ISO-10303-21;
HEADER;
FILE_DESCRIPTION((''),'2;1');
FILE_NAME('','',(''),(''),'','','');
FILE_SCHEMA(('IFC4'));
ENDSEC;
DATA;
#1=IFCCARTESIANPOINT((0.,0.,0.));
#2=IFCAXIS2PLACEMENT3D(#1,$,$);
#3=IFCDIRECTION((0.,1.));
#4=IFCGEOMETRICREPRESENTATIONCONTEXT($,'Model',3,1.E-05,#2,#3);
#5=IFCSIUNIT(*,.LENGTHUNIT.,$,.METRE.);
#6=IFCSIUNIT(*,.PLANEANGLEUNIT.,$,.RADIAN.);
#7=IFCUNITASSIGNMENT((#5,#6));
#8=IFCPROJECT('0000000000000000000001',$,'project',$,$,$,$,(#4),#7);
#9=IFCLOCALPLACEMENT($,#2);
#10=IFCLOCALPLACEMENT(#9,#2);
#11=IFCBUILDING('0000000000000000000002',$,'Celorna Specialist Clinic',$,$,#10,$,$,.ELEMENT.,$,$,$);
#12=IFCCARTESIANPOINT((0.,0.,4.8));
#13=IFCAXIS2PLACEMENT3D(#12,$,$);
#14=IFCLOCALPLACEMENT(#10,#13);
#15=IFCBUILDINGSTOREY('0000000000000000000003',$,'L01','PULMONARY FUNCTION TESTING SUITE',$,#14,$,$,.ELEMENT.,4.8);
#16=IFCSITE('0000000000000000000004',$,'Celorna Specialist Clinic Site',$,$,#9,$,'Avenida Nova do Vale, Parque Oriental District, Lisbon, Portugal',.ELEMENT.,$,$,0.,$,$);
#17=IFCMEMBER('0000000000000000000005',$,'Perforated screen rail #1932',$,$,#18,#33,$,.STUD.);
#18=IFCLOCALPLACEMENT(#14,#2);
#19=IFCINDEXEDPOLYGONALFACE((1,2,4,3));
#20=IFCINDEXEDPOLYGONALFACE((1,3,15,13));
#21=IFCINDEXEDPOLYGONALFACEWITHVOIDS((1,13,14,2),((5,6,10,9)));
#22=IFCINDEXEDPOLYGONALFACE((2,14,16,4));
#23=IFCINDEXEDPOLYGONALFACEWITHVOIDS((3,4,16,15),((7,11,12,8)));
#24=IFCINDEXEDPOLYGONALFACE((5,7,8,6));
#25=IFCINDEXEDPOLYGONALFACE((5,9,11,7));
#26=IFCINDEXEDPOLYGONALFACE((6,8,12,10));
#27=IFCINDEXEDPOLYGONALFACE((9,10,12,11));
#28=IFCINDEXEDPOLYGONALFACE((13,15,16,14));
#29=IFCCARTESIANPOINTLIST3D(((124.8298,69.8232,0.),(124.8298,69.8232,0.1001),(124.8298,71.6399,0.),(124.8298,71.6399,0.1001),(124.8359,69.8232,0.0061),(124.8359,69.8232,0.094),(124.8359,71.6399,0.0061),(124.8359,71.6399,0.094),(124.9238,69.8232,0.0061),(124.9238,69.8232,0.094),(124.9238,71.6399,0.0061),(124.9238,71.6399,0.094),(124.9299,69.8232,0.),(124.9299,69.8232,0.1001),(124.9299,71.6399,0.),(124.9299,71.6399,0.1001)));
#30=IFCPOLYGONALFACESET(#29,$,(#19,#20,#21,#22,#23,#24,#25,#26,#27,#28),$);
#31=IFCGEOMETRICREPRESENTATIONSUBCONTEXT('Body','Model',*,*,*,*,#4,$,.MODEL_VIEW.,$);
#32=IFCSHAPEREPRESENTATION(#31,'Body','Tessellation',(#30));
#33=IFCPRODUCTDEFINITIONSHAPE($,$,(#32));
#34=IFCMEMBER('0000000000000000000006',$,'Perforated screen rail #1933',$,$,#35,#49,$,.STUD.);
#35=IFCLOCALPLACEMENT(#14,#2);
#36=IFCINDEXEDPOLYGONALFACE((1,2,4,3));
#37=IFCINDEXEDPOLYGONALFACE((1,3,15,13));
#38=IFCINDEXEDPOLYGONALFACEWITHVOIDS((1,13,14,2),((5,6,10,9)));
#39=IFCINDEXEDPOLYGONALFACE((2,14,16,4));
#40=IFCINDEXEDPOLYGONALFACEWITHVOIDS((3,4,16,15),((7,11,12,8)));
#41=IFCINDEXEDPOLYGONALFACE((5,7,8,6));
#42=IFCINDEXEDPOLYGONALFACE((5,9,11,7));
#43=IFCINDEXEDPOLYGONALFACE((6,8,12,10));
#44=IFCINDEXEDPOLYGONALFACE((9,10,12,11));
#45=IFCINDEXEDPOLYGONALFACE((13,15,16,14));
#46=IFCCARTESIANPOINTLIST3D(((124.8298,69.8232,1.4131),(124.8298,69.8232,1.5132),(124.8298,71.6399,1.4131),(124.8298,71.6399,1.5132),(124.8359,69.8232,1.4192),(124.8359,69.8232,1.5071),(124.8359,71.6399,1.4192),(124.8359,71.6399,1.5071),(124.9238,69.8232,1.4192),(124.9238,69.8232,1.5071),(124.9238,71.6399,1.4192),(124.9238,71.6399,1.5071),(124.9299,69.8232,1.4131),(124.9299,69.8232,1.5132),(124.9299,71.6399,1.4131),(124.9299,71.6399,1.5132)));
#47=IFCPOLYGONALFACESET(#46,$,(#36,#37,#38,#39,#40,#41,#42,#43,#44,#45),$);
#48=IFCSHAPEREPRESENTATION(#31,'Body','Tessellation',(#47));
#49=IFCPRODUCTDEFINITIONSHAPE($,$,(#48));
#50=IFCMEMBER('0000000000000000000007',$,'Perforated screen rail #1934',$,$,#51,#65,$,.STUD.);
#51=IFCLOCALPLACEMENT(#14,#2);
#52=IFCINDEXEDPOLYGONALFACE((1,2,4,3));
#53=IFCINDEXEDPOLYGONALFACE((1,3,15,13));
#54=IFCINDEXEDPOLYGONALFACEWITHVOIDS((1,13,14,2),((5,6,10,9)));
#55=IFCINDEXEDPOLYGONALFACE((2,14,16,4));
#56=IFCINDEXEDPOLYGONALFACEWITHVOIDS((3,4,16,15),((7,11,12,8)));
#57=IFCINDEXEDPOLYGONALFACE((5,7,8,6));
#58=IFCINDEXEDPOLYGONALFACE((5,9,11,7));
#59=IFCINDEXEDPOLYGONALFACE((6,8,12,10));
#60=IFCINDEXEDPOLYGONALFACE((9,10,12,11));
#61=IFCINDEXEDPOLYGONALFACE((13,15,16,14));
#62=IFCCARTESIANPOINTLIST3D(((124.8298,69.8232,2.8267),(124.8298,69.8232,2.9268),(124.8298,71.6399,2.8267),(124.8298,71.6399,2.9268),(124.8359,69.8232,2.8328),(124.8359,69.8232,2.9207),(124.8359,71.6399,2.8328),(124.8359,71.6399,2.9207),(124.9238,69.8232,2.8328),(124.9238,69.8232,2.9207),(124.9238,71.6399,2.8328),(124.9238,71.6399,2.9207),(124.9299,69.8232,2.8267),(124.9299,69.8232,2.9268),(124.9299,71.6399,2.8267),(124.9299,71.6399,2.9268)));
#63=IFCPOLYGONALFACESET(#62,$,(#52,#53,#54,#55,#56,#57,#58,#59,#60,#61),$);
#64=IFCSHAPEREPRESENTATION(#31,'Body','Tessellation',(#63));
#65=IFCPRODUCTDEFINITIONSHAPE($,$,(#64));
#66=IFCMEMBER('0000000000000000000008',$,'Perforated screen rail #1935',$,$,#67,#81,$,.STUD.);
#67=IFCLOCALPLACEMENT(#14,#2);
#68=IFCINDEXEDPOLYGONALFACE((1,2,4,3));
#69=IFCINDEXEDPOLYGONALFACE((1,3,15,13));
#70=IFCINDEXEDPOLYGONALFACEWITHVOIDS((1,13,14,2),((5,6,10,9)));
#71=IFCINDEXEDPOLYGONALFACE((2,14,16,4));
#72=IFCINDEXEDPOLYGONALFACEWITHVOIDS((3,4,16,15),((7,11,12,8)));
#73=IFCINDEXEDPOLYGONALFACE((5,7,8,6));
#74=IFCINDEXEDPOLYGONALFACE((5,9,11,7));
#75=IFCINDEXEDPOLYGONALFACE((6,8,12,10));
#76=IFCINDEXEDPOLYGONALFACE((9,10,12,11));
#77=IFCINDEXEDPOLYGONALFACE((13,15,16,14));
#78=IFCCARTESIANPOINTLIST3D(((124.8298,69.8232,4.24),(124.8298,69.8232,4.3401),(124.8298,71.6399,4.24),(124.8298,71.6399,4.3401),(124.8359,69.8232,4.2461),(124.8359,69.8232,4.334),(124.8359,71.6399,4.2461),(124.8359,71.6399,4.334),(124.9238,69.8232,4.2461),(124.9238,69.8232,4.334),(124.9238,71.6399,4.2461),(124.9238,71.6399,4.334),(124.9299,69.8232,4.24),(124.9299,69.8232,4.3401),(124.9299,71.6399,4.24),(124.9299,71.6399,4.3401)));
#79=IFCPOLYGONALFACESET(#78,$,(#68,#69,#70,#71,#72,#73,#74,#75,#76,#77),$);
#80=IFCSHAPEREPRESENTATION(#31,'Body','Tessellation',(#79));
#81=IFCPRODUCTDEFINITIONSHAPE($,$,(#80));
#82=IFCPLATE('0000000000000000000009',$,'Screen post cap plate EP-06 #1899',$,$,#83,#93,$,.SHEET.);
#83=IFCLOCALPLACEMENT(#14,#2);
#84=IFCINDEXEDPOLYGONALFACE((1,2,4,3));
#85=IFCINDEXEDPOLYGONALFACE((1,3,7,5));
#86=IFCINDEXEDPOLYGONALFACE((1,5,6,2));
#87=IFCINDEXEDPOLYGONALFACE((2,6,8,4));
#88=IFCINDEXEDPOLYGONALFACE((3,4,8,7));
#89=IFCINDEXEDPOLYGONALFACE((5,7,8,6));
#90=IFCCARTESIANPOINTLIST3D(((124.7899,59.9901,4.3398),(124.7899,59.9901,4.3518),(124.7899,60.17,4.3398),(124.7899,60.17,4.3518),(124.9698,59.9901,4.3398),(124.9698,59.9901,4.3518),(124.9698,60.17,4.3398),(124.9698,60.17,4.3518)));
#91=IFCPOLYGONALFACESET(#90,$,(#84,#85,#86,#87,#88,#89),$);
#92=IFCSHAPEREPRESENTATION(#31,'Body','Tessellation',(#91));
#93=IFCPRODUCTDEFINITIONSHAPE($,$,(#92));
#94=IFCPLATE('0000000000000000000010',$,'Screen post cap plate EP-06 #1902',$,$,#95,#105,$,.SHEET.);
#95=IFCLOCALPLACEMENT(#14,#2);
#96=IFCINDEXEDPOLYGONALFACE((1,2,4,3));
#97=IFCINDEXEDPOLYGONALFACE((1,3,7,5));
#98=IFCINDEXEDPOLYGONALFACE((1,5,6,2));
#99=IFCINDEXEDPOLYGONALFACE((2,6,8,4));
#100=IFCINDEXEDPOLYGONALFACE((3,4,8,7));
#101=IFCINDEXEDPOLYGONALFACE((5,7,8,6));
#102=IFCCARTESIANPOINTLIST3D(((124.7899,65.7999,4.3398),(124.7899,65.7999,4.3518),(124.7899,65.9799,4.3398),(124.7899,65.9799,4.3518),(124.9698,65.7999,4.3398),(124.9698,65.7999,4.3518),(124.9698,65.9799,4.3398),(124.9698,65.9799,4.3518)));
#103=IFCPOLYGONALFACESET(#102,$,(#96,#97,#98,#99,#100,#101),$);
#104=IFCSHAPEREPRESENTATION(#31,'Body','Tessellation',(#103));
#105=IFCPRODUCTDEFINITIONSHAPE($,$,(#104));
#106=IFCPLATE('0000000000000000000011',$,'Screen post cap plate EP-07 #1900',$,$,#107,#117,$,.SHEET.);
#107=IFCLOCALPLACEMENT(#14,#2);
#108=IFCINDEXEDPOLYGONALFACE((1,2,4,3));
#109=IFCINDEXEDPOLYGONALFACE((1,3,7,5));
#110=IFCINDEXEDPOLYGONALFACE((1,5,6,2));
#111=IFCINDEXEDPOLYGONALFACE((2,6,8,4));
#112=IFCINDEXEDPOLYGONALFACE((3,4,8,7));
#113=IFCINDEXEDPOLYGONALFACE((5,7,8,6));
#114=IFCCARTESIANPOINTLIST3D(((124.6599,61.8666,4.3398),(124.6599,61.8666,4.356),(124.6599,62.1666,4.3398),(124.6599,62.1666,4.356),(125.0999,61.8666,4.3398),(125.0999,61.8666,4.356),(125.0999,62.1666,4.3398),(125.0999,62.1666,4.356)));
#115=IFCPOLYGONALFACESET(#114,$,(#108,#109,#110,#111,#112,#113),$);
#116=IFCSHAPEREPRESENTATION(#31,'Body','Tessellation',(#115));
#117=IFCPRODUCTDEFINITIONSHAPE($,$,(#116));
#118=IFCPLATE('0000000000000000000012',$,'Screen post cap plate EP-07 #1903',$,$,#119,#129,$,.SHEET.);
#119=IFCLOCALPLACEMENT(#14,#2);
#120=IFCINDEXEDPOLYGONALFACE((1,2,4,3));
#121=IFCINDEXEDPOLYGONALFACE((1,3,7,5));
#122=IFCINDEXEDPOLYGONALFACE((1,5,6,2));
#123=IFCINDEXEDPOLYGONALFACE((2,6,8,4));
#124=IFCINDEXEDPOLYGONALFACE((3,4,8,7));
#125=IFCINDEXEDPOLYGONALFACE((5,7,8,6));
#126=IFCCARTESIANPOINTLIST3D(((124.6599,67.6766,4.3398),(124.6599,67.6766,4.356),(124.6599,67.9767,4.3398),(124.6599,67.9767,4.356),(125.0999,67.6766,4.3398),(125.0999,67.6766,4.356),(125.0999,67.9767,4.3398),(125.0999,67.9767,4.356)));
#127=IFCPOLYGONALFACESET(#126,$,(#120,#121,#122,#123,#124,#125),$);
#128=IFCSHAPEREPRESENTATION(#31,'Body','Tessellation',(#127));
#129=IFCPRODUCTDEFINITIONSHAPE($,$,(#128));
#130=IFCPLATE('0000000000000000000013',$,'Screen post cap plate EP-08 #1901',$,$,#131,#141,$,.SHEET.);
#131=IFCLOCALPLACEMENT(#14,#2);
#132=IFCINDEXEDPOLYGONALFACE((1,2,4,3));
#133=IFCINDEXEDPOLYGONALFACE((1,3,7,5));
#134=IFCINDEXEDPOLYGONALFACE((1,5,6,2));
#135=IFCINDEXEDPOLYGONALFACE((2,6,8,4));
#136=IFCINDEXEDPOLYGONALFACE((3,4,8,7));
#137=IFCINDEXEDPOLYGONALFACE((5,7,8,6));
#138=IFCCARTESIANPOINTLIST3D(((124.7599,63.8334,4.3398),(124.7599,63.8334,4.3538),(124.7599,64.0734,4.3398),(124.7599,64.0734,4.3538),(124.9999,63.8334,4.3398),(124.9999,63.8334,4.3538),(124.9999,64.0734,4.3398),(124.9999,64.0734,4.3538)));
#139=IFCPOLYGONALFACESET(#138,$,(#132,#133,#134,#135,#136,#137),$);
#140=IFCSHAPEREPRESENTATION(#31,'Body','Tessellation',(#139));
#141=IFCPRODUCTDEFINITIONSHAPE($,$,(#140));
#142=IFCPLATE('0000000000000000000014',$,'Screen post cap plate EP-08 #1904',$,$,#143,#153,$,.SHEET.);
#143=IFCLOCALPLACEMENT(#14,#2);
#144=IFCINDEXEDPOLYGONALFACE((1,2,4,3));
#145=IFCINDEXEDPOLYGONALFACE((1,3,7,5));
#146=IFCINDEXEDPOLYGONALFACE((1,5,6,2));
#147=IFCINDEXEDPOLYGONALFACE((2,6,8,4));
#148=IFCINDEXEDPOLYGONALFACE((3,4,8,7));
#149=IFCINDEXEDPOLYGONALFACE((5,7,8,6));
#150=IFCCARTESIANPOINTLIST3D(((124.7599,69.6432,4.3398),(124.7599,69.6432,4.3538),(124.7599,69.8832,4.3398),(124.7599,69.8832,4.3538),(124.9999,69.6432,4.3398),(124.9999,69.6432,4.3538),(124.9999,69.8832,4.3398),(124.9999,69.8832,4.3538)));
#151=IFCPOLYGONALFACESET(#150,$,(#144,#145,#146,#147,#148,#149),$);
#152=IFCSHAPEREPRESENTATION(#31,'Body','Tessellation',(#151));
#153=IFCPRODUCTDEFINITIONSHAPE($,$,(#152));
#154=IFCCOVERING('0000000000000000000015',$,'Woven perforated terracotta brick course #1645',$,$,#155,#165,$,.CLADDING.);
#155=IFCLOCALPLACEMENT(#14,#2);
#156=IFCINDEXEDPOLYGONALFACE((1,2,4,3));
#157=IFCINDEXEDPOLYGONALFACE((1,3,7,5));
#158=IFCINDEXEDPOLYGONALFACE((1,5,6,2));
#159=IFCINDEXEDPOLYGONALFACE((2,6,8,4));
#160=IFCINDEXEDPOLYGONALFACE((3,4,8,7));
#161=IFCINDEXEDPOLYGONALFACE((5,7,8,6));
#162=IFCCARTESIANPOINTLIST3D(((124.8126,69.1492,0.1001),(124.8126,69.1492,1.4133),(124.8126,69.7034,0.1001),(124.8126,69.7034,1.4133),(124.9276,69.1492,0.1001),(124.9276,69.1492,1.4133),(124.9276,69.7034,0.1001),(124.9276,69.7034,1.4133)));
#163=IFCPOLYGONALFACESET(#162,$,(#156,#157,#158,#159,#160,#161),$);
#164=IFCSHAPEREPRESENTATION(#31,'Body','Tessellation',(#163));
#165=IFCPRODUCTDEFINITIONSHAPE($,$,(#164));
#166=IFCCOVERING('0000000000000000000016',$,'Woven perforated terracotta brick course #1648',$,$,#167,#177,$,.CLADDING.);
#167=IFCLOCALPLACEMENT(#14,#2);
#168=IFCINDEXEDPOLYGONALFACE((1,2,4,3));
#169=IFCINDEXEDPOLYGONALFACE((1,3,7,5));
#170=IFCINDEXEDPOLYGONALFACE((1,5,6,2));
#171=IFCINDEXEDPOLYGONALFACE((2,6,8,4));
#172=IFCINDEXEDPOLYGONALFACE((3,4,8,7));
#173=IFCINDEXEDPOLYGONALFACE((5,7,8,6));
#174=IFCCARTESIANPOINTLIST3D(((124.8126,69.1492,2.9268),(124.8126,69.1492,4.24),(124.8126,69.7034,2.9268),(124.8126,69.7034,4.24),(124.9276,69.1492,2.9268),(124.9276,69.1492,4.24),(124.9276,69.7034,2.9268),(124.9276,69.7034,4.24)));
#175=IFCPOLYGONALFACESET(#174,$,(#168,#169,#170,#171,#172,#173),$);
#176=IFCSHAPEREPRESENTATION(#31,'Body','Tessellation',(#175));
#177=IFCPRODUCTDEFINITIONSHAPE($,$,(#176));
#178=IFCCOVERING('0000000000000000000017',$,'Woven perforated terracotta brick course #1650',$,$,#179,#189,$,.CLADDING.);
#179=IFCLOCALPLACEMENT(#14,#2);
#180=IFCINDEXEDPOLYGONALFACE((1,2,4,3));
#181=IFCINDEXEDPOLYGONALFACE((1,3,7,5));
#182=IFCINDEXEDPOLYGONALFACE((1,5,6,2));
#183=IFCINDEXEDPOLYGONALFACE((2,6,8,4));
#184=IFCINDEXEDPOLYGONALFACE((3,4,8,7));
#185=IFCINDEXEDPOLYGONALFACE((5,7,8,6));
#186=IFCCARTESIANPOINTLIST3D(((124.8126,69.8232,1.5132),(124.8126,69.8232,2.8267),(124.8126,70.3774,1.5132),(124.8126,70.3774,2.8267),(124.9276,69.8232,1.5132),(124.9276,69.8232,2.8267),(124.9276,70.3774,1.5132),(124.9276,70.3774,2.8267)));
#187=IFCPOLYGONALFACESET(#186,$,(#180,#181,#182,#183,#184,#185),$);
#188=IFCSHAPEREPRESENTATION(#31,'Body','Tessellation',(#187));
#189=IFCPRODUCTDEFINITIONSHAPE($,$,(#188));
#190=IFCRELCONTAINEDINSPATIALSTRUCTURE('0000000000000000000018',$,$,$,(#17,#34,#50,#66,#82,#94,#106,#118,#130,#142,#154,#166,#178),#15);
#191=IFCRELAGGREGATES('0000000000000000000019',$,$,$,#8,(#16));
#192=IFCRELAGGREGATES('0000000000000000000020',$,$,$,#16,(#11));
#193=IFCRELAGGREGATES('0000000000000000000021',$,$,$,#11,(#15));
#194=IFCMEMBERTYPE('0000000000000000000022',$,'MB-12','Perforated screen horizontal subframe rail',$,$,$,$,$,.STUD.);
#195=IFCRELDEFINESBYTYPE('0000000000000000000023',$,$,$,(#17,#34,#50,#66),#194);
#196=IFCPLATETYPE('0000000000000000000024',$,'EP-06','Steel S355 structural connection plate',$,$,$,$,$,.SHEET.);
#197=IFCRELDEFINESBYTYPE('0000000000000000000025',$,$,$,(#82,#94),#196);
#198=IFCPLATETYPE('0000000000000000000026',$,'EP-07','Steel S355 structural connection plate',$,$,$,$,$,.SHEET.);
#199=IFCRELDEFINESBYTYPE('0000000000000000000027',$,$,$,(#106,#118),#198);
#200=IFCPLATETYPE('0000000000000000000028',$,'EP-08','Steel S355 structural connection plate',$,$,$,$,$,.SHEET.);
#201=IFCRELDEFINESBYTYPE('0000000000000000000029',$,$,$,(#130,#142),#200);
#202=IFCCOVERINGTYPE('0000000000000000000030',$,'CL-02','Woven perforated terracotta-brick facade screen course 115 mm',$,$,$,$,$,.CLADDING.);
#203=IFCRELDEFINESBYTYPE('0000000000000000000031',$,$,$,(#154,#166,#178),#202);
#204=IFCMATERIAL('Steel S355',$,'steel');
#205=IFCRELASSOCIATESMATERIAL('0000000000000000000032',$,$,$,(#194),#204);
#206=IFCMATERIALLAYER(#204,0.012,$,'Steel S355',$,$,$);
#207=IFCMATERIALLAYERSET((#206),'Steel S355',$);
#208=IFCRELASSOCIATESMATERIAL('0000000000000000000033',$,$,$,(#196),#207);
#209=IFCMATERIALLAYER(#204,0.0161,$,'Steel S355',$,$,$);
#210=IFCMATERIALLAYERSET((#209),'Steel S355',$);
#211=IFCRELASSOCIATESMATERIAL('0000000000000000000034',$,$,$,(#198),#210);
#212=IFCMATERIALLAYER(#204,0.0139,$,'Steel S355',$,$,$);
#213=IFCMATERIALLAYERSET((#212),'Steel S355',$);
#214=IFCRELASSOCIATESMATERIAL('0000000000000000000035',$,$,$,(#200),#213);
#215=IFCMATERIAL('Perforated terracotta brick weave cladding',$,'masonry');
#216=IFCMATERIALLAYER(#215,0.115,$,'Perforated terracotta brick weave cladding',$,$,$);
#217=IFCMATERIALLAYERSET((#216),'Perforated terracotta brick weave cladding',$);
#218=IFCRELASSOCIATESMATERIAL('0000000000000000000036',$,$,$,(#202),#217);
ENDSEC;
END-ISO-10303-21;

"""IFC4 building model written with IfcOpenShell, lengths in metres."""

from ifc_helpers import new_model, si_unit, direction, frame, origin, origin_2d, place, context, subcontext, project, spatial, rectangle, hollow_rectangle, extrude, material, layer, layer_set, material_profile, profile_set, type_object, element, save


model = new_model("IFC4")

# Units and contexts
model_context = context("Model", 3, precision=1e-05, world=origin(), true_north=direction((0.0, 1.0)))
body_context = subcontext(model_context, "Body", "Model", "MODEL_VIEW")
ifc_project = project(units=[si_unit("LENGTHUNIT", "METRE"), si_unit("PLANEANGLEUNIT", "RADIAN")], contexts=[model_context])

# Site, building, storey
site_placement = place(None, origin())
site = spatial("IfcSite", under=ifc_project, at=site_placement, Name="Celorna Specialist Clinic Site", LongName="Avenida Nova do Vale, Parque Oriental District, Lisbon, Portugal", CompositionType="ELEMENT", RefElevation=0.0)
building_placement = place(site_placement, origin())
building = spatial("IfcBuilding", under=site, at=building_placement, Name="Celorna Specialist Clinic", CompositionType="ELEMENT")
storey_placement = place(building_placement, frame((0.0, 0.0, 4.8)))
storey = spatial("IfcBuildingStorey", under=building, at=storey_placement, Name="L01", Description="PULMONARY FUNCTION TESTING SUITE", CompositionType="ELEMENT", Elevation=4.8)

# Members
ifc_material_1 = material(Name="Steel S355", Category="steel")
ifc_material_profile_1 = material_profile(ifc_material_1, hollow_rectangle(XDim=0.1001, YDim=0.1001, WallThickness=0.0061, at=origin_2d()), Name="SHS 100x100x6")
ifc_profile_set_1 = profile_set([ifc_material_profile_1], Name="Steel S355")
member_type_1 = type_object("IfcMemberType", Name="MB-12", Description="Perforated screen horizontal subframe rail", PredefinedType="STUD", material=ifc_profile_set_1)
for number, where, z_axis, x_axis, name in (
    (1, (124.8799, 69.8232, 0.05), (0.0, 1.0, 0.0), (-1.0, 0.0, 0.0), "Perforated screen rail #1932"),
    (2, (124.8799, 69.8232, 1.4631), (0.0, 1.0, 0.0), (-1.0, 0.0, 0.0), "Perforated screen rail #1933"),
    (3, (124.8799, 69.8232, 2.8767), (0.0, 1.0, 0.0), (-1.0, 0.0, 0.0), "Perforated screen rail #1934"),
    (4, (124.8799, 69.8232, 4.29), (0.0, 1.0, 0.0), (-1.0, 0.0, 0.0), "Perforated screen rail #1935"),
):
    element("IfcMember", number, at=place(storey_placement, frame(where, z_axis=z_axis, x_axis=x_axis)), inside=storey, type_object=member_type_1, Name=name, PredefinedType="STUD", context=body_context, shape_type="SweptSolid", body=[
        extrude(hollow_rectangle(XDim=0.1001, YDim=0.1001, WallThickness=0.0061, at=origin_2d()), origin(), (0.0, 0.0, 1.0), 1.8167),
    ])

# Plates
ifc_layer_1 = layer(ifc_material_1, 0.012, Name="Steel S355")
ifc_layer_set_1 = layer_set([ifc_layer_1], Name="Steel S355")
plate_type_1 = type_object("IfcPlateType", Name="EP-06", Description="Steel S355 structural connection plate", PredefinedType="SHEET", material=ifc_layer_set_1)
for number, where, z_axis, x_axis, name in (
    (5, (124.8799, 60.0801, 4.3398), (0.0, 0.0, 1.0), (0.0, 1.0, 0.0), "Screen post cap plate EP-06 #1899"),
    (6, (124.8799, 65.8899, 4.3398), (0.0, 0.0, 1.0), (0.0, 1.0, 0.0), "Screen post cap plate EP-06 #1902"),
):
    element("IfcPlate", number, at=place(storey_placement, frame(where, z_axis=z_axis, x_axis=x_axis)), inside=storey, type_object=plate_type_1, Name=name, PredefinedType="SHEET", context=body_context, shape_type="SweptSolid", body=[
        extrude(rectangle(XDim=0.1799, YDim=0.1799, at=origin_2d()), origin(), (0.0, 0.0, 1.0), 0.012),
    ])
ifc_layer_2 = layer(ifc_material_1, 0.0161, Name="Steel S355")
ifc_layer_set_2 = layer_set([ifc_layer_2], Name="Steel S355")
plate_type_2 = type_object("IfcPlateType", Name="EP-07", Description="Steel S355 structural connection plate", PredefinedType="SHEET", material=ifc_layer_set_2)
for number, where, z_axis, x_axis, name in (
    (7, (124.8799, 62.0166, 4.3398), (0.0, 0.0, 1.0), (0.0, 1.0, 0.0), "Screen post cap plate EP-07 #1900"),
    (8, (124.8799, 67.8267, 4.3398), (0.0, 0.0, 1.0), (0.0, 1.0, 0.0), "Screen post cap plate EP-07 #1903"),
):
    element("IfcPlate", number, at=place(storey_placement, frame(where, z_axis=z_axis, x_axis=x_axis)), inside=storey, type_object=plate_type_2, Name=name, PredefinedType="SHEET", context=body_context, shape_type="SweptSolid", body=[
        extrude(rectangle(XDim=0.3, YDim=0.4399, at=origin_2d()), origin(), (0.0, 0.0, 1.0), 0.0161),
    ])
ifc_layer_3 = layer(ifc_material_1, 0.0139, Name="Steel S355")
ifc_layer_set_3 = layer_set([ifc_layer_3], Name="Steel S355")
plate_type_3 = type_object("IfcPlateType", Name="EP-08", Description="Steel S355 structural connection plate", PredefinedType="SHEET", material=ifc_layer_set_3)
for number, where, z_axis, x_axis, name in (
    (9, (124.8799, 63.9534, 4.3398), (0.0, 0.0, 1.0), (0.0, 1.0, 0.0), "Screen post cap plate EP-08 #1901"),
    (10, (124.8799, 69.7632, 4.3398), (0.0, 0.0, 1.0), (0.0, 1.0, 0.0), "Screen post cap plate EP-08 #1904"),
):
    element("IfcPlate", number, at=place(storey_placement, frame(where, z_axis=z_axis, x_axis=x_axis)), inside=storey, type_object=plate_type_3, Name=name, PredefinedType="SHEET", context=body_context, shape_type="SweptSolid", body=[
        extrude(rectangle(XDim=0.24, YDim=0.24, at=origin_2d()), origin(), (0.0, 0.0, 1.0), 0.0139),
    ])

# Coverings
ifc_material_2 = material(Name="Perforated terracotta brick weave cladding", Category="masonry")
ifc_layer_4 = layer(ifc_material_2, 0.115, Name="Perforated terracotta brick weave cladding")
ifc_layer_set_4 = layer_set([ifc_layer_4], Name="Perforated terracotta brick weave cladding")
covering_type = type_object("IfcCoveringType", Name="CL-02", Description="Woven perforated terracotta-brick facade screen course 115 mm", PredefinedType="CLADDING", material=ifc_layer_set_4)
for number, where, z_axis, x_axis, name in (
    (11, (124.8701, 69.4263, 0.1001), (0.0, 0.0, 1.0), (0.0, 1.0, 0.0), "Woven perforated terracotta brick course #1645"),
    (12, (124.8701, 69.4263, 2.9268), (0.0, 0.0, 1.0), (0.0, 1.0, 0.0), "Woven perforated terracotta brick course #1648"),
):
    element("IfcCovering", number, at=place(storey_placement, frame(where, z_axis=z_axis, x_axis=x_axis)), inside=storey, type_object=covering_type, Name=name, PredefinedType="CLADDING", context=body_context, shape_type="SweptSolid", body=[
        extrude(rectangle(XDim=0.5542, YDim=0.115, at=origin_2d()), origin(), (0.0, 0.0, 1.0), 1.3132),
    ])
covering_placement = place(storey_placement, frame((124.8701, 70.1003, 1.5132), z_axis=(0.0, 0.0, 1.0), x_axis=(0.0, 1.0, 0.0)))
element("IfcCovering", 13, at=covering_placement, inside=storey, type_object=covering_type, Name="Woven perforated terracotta brick course #1650", PredefinedType="CLADDING", context=body_context, shape_type="SweptSolid", body=[
    extrude(rectangle(XDim=0.5542, YDim=0.115, at=origin_2d()), origin(), (0.0, 0.0, 1.0), 1.3135),
])

save(model, "model.ifc")
